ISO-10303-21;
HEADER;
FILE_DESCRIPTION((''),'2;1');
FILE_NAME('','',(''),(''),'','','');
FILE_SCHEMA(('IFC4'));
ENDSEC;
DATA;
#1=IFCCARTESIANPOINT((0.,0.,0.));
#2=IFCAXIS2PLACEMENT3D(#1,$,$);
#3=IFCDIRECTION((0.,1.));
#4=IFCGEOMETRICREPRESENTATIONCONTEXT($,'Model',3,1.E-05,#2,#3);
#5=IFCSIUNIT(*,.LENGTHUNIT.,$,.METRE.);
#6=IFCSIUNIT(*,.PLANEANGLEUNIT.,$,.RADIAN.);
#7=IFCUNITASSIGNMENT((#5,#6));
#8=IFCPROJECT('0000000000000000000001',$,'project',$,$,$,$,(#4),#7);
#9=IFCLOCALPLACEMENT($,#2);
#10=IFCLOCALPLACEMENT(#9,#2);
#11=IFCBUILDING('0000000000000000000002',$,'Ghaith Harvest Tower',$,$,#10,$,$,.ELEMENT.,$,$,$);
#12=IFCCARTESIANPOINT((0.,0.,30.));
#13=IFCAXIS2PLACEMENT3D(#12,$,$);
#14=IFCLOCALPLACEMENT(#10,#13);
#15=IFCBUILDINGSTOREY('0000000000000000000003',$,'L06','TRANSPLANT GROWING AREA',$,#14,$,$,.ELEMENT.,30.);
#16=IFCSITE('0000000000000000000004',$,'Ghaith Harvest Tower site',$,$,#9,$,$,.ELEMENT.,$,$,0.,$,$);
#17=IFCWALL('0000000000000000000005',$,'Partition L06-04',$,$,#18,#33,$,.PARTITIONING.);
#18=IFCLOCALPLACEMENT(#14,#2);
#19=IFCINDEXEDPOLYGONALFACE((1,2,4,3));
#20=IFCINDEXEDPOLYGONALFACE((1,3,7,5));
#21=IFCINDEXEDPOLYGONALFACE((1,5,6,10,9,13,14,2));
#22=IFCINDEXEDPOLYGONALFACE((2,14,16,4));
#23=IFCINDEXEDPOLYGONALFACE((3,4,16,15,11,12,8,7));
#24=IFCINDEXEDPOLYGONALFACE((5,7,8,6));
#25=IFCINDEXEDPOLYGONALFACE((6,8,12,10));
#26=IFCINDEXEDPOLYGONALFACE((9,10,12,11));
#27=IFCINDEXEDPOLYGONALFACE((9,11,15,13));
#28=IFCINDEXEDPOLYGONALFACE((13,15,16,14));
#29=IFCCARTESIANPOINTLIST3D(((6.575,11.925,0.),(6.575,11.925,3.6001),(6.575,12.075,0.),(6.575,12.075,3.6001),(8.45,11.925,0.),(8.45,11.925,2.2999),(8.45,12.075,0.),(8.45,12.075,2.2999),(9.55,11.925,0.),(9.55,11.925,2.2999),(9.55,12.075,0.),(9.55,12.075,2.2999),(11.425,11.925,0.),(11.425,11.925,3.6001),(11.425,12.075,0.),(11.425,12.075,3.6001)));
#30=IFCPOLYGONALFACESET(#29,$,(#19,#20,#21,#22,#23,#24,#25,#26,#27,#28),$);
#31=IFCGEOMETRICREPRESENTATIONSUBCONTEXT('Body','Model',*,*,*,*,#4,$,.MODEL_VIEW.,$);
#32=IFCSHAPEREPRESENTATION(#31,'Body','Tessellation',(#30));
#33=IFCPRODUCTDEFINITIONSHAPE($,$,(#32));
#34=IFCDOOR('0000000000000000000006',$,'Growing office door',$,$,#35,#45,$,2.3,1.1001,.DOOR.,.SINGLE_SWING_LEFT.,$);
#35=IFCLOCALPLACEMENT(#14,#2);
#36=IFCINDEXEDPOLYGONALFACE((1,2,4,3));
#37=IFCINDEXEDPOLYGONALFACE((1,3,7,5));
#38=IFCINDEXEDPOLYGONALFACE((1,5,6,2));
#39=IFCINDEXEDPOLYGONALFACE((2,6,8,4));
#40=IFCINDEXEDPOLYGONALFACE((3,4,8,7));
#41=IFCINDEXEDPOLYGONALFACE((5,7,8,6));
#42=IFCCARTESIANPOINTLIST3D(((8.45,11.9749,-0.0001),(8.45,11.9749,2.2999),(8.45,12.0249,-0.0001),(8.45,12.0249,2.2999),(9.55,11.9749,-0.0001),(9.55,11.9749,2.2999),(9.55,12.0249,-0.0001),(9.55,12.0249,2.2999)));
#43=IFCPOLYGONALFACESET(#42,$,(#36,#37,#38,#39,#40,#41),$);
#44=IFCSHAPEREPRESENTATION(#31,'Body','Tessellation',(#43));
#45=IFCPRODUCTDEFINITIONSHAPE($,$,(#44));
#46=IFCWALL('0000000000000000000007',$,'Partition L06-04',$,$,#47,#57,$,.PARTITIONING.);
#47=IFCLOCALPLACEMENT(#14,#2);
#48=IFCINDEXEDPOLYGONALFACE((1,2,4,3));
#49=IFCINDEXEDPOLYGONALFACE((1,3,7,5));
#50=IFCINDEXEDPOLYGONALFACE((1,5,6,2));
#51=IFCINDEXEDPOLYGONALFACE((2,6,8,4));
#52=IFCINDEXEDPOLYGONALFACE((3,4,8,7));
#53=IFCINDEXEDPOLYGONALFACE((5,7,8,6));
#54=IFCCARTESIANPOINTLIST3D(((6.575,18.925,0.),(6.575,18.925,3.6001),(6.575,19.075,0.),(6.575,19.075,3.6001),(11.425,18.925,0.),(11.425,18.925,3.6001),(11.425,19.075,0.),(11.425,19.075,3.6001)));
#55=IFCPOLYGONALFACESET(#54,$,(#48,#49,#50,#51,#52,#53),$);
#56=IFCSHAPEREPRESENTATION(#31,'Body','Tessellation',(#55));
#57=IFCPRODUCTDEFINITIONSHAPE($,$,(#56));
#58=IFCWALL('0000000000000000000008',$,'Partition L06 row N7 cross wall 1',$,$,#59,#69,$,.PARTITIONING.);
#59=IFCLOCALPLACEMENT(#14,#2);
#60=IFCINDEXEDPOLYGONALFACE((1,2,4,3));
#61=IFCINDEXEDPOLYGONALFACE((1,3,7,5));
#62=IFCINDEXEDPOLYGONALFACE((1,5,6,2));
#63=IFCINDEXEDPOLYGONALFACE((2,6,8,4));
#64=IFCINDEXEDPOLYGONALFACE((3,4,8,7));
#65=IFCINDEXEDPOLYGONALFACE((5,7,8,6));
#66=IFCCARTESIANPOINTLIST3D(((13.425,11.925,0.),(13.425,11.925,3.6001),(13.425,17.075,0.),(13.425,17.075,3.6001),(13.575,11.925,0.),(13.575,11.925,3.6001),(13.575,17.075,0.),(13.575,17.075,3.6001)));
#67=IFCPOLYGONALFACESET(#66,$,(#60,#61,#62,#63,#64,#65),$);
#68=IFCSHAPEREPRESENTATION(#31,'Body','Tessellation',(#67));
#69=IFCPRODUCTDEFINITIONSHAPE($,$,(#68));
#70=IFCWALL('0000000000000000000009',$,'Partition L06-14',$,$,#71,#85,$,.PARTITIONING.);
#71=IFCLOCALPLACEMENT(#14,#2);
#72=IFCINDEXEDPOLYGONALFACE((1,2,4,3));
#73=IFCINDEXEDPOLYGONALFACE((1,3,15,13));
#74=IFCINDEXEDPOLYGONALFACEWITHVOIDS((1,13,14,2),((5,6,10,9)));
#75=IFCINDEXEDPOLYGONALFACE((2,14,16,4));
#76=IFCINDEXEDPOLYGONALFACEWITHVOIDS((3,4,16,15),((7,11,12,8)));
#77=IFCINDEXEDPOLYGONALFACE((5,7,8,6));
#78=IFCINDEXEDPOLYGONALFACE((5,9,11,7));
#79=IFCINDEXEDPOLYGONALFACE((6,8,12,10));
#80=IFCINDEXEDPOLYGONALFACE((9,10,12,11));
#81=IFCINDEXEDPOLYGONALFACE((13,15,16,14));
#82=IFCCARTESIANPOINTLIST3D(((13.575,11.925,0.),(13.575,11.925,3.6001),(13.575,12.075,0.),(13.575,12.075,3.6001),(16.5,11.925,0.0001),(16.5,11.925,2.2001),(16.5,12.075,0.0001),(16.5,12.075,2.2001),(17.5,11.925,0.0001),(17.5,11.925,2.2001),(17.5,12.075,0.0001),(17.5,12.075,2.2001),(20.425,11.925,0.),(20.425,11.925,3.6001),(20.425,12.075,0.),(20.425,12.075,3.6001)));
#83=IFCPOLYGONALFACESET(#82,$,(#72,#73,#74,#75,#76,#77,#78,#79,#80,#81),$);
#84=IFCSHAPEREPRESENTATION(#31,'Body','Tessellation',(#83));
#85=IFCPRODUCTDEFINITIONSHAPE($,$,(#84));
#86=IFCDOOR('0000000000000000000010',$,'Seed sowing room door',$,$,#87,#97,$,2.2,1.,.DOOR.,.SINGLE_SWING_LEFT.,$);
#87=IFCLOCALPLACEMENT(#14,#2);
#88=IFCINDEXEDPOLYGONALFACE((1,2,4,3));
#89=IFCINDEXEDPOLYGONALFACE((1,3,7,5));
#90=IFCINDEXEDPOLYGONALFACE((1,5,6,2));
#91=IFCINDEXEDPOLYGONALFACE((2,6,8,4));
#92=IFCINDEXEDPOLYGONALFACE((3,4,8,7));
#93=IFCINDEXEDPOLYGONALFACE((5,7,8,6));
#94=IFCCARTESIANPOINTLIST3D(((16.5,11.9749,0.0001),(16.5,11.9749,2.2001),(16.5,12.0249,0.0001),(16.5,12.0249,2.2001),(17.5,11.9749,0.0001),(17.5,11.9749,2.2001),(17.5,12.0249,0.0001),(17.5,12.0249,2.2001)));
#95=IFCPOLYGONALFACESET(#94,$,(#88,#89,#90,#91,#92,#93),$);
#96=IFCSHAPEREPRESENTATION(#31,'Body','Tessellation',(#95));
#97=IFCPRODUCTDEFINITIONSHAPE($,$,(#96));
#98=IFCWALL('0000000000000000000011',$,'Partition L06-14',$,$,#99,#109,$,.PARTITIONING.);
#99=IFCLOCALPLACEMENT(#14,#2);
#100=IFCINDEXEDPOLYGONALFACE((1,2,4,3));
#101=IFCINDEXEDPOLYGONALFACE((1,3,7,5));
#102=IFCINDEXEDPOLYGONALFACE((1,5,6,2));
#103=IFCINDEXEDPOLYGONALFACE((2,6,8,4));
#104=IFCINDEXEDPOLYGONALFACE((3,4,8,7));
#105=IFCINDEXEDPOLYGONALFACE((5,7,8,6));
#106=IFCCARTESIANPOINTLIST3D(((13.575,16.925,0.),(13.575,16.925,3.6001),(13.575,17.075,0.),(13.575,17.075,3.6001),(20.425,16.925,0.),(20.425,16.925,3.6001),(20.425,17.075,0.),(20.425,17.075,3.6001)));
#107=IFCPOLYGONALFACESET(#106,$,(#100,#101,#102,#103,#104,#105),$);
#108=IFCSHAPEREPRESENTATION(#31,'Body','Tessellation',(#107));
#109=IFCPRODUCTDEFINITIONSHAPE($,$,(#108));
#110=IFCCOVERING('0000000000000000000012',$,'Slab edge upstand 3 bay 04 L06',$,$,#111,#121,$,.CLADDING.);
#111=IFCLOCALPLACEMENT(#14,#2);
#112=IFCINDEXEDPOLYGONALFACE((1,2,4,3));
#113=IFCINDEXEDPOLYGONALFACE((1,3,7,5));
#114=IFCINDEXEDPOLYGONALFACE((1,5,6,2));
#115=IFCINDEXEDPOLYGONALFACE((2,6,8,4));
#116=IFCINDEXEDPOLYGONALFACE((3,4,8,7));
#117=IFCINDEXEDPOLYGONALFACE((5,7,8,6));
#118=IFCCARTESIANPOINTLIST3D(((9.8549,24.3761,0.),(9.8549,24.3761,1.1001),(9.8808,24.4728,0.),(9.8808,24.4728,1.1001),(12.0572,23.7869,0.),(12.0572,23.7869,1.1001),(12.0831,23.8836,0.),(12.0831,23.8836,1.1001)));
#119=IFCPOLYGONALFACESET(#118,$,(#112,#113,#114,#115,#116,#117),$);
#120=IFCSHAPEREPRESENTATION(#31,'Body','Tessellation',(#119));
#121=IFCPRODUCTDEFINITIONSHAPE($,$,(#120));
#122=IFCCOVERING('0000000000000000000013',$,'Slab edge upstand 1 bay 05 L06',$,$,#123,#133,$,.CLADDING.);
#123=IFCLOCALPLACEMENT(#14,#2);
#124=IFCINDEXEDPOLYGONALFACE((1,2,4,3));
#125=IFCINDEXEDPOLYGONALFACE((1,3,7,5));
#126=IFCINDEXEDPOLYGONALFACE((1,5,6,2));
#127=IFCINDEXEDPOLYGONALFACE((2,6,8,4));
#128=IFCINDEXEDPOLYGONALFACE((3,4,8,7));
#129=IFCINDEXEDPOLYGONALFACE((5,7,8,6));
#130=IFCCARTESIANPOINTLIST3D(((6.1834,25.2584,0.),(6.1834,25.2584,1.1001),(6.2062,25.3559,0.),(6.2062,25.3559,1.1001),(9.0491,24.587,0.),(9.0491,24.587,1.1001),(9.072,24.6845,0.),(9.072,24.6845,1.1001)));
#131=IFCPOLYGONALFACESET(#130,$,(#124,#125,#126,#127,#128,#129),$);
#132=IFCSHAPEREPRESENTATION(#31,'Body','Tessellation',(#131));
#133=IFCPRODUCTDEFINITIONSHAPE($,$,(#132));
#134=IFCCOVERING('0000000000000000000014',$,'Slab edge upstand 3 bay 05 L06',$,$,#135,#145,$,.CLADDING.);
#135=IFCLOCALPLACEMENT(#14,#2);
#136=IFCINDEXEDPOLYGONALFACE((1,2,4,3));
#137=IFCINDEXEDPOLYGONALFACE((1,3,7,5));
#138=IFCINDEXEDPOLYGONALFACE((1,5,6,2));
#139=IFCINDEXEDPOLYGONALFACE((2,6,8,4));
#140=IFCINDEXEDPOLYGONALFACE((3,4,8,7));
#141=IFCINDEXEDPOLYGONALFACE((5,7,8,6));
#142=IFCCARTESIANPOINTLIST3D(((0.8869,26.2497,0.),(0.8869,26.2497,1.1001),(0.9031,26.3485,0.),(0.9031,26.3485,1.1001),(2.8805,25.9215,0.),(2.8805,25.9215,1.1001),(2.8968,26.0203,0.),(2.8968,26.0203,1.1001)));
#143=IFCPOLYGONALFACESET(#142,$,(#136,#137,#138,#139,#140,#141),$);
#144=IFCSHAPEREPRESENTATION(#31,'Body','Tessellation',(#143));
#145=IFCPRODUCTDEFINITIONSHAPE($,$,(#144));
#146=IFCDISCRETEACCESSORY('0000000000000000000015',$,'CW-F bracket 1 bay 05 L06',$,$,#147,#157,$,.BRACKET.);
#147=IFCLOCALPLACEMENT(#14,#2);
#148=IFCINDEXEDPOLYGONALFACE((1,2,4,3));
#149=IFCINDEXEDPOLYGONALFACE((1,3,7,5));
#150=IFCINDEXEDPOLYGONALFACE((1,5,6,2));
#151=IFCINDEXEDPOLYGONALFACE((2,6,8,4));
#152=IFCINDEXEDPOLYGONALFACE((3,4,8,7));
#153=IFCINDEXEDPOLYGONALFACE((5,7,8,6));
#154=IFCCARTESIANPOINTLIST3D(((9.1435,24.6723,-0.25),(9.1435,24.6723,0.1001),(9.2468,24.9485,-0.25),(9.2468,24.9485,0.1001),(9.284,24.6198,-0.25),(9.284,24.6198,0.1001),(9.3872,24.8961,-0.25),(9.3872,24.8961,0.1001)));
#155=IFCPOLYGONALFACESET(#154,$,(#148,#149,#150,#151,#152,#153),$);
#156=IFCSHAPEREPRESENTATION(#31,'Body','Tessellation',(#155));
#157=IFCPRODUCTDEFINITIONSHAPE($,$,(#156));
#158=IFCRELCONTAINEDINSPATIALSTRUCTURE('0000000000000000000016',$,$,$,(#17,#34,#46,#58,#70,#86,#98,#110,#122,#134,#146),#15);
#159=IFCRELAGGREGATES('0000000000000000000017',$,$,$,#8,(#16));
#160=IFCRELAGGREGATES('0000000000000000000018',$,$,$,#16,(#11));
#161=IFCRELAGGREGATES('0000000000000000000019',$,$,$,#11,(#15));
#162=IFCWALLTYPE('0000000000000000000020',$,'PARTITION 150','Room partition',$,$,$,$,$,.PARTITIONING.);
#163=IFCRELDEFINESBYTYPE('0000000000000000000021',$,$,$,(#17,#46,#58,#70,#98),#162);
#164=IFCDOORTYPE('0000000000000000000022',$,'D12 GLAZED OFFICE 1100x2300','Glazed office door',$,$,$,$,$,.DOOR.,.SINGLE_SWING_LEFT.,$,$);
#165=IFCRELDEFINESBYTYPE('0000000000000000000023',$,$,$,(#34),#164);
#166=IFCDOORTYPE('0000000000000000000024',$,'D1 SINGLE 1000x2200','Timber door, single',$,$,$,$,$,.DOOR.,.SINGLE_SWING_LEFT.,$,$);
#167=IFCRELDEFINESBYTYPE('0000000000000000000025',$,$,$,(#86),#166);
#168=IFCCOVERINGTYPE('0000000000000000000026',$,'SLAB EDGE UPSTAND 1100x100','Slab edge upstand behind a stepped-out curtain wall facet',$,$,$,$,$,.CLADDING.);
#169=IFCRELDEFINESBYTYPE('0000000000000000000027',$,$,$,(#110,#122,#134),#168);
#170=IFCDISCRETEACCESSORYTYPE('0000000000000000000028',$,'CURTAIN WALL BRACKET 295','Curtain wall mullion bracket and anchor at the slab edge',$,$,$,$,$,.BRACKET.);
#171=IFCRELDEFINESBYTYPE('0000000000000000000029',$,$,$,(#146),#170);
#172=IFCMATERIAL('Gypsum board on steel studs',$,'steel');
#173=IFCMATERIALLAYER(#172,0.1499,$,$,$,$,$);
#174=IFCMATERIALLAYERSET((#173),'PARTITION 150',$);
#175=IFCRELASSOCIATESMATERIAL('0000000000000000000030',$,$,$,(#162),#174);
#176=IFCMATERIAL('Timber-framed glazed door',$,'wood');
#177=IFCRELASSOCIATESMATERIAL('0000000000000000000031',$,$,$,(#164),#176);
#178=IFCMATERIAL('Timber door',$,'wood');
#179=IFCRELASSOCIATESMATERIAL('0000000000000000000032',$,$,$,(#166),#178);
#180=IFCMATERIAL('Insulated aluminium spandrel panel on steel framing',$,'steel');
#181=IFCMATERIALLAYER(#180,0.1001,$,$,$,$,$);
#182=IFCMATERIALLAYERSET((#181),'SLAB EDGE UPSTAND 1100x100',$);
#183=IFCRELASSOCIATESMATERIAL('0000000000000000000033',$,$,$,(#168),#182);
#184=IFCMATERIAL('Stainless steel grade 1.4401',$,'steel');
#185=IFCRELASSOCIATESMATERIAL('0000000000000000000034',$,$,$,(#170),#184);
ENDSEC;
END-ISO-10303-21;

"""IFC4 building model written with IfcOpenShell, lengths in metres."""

from ifc_helpers import new_model, si_unit, direction, frame, frame_2d, origin, origin_2d, place, context, subcontext, project, spatial, rectangle, extrude, material, layer, layer_set, type_object, element, fill, save


model = new_model("IFC4")

# Units and contexts
model_context = context("Model", 3, precision=1e-05, world=origin(), true_north=direction((0.0, 1.0)))
body_context = subcontext(model_context, "Body", "Model", "MODEL_VIEW")
ifc_project = project(units=[si_unit("LENGTHUNIT", "METRE"), si_unit("PLANEANGLEUNIT", "RADIAN")], contexts=[model_context])

# Site, building, storey
site_placement = place(None, origin())
site = spatial("IfcSite", under=ifc_project, at=site_placement, Name="Ghaith Harvest Tower site", CompositionType="ELEMENT", RefElevation=0.0)
building_placement = place(site_placement, origin())
building = spatial("IfcBuilding", under=site, at=building_placement, Name="Ghaith Harvest Tower", CompositionType="ELEMENT")
storey_placement = place(building_placement, frame((0.0, 0.0, 30.0)))
storey = spatial("IfcBuildingStorey", under=building, at=storey_placement, Name="L06", Description="TRANSPLANT GROWING AREA", CompositionType="ELEMENT", Elevation=30.0)

# Shared definitions
ifc_material_1 = material(Name="Gypsum board on steel studs", Category="steel")
ifc_layer_1 = layer(ifc_material_1, 0.1499)
ifc_layer_set_1 = layer_set([ifc_layer_1], Name="PARTITION 150")
wall_type_1 = type_object("IfcWallType", Name="PARTITION 150", Description="Room partition", PredefinedType="PARTITIONING", material=ifc_layer_set_1)

# Wall, opening, door
wall_1_placement = place(storey_placement, frame((6.575, 12.0, 0.0), z_axis=(0.0, 0.0, 1.0), x_axis=(1.0, 0.0, 0.0)))
wall_1 = element("IfcWall", 1, at=wall_1_placement, inside=storey, type_object=wall_type_1, Name="Partition L06-04", PredefinedType="PARTITIONING", context=body_context, shape_type="SweptSolid", body=[
    extrude(rectangle(XDim=4.8501, YDim=0.1499, at=frame_2d((2.425, 0.0))), origin(), (0.0, 0.0, 1.0), 3.6001),
])
opening_1_placement = place(wall_1_placement, frame((1.875, 0.0, 0.0)))
opening_1 = element("IfcOpeningElement", 2, at=opening_1_placement, cuts=wall_1, PredefinedType="OPENING", context=body_context, shape_type="SweptSolid", body=[
    extrude(rectangle(XDim=1.1001, YDim=2.3, at=frame_2d((0.55, 1.1499))), frame((0.0, 0.085, 0.0), z_axis=(0.0, -1.0, 0.0), x_axis=(1.0, 0.0, 0.0)), (0.0, 0.0, 1.0), 0.1699),
])
ifc_material_2 = material(Name="Timber-framed glazed door", Category="wood")
door_type_1 = type_object("IfcDoorType", Name="D12 GLAZED OFFICE 1100x2300", Description="Glazed office door", OperationType="SINGLE_SWING_LEFT", PredefinedType="DOOR", material=ifc_material_2)
door_1_placement = place(opening_1_placement, origin())
door_1 = element("IfcDoor", 3, at=door_1_placement, inside=storey, type_object=door_type_1, Name="Growing office door", OperationType="SINGLE_SWING_LEFT", OverallHeight=2.3, OverallWidth=1.1001, PredefinedType="DOOR", context=body_context, shape_type="SweptSolid", body=[
    extrude(rectangle(XDim=1.1001, YDim=2.3, at=frame_2d((0.55, 1.1499))), frame((0.0, 0.0249, 0.0), z_axis=(0.0, -1.0, 0.0), x_axis=(1.0, 0.0, 0.0)), (0.0, 0.0, 1.0), 0.05),
])
fill(opening_1, door_1)

# Walls
wall_2_placement = place(storey_placement, frame((6.575, 19.0, 0.0), z_axis=(0.0, 0.0, 1.0), x_axis=(1.0, 0.0, 0.0)))
element("IfcWall", 4, at=wall_2_placement, inside=storey, type_object=wall_type_1, Name="Partition L06-04", PredefinedType="PARTITIONING", context=body_context, shape_type="SweptSolid", body=[
    extrude(rectangle(XDim=4.8501, YDim=0.1499, at=frame_2d((2.425, 0.0))), origin(), (0.0, 0.0, 1.0), 3.6001),
])
wall_3_placement = place(storey_placement, frame((13.5, 11.925, 0.0), z_axis=(0.0, 0.0, 1.0), x_axis=(0.0, 1.0, 0.0)))
element("IfcWall", 5, at=wall_3_placement, inside=storey, type_object=wall_type_1, Name="Partition L06 row N7 cross wall 1", PredefinedType="PARTITIONING", context=body_context, shape_type="SweptSolid", body=[
    extrude(rectangle(XDim=5.1499, YDim=0.1499, at=frame_2d((2.575, 0.0))), origin(), (0.0, 0.0, 1.0), 3.6001),
])

# Wall, opening, door
wall_4_placement = place(storey_placement, frame((13.575, 12.0, 0.0), z_axis=(0.0, 0.0, 1.0), x_axis=(1.0, 0.0, 0.0)))
wall_4 = element("IfcWall", 6, at=wall_4_placement, inside=storey, type_object=wall_type_1, Name="Partition L06-14", PredefinedType="PARTITIONING", context=body_context, shape_type="SweptSolid", body=[
    extrude(rectangle(XDim=6.8501, YDim=0.1499, at=frame_2d((3.425, 0.0))), origin(), (0.0, 0.0, 1.0), 3.6001),
])
opening_2_placement = place(wall_4_placement, frame((2.925, 0.0, 0.0)))
opening_2 = element("IfcOpeningElement", 7, at=opening_2_placement, cuts=wall_4, PredefinedType="OPENING", context=body_context, shape_type="SweptSolid", body=[
    extrude(rectangle(XDim=1.0, YDim=2.2, at=frame_2d((0.5, 1.1001))), frame((0.0, 0.085, 0.0), z_axis=(0.0, -1.0, 0.0), x_axis=(1.0, 0.0, 0.0)), (0.0, 0.0, 1.0), 0.1699),
])
ifc_material_3 = material(Name="Timber door", Category="wood")
door_type_2 = type_object("IfcDoorType", Name="D1 SINGLE 1000x2200", Description="Timber door, single", OperationType="SINGLE_SWING_LEFT", PredefinedType="DOOR", material=ifc_material_3)
door_2_placement = place(opening_2_placement, origin())
door_2 = element("IfcDoor", 8, at=door_2_placement, inside=storey, type_object=door_type_2, Name="Seed sowing room door", OperationType="SINGLE_SWING_LEFT", OverallHeight=2.2, OverallWidth=1.0, PredefinedType="DOOR", context=body_context, shape_type="SweptSolid", body=[
    extrude(rectangle(XDim=1.0, YDim=2.2, at=frame_2d((0.5, 1.1001))), frame((0.0, 0.0249, 0.0), z_axis=(0.0, -1.0, 0.0), x_axis=(1.0, 0.0, 0.0)), (0.0, 0.0, 1.0), 0.05),
])
fill(opening_2, door_2)

# Wall
wall_5_placement = place(storey_placement, frame((13.575, 17.0, 0.0), z_axis=(0.0, 0.0, 1.0), x_axis=(1.0, 0.0, 0.0)))
element("IfcWall", 9, at=wall_5_placement, inside=storey, type_object=wall_type_1, Name="Partition L06-14", PredefinedType="PARTITIONING", context=body_context, shape_type="SweptSolid", body=[
    extrude(rectangle(XDim=6.8501, YDim=0.1499, at=frame_2d((3.425, 0.0))), origin(), (0.0, 0.0, 1.0), 3.6001),
])

# Coverings
ifc_material_4 = material(Name="Insulated aluminium spandrel panel on steel framing", Category="steel")
ifc_layer_2 = layer(ifc_material_4, 0.1001)
ifc_layer_set_2 = layer_set([ifc_layer_2], Name="SLAB EDGE UPSTAND 1100x100")
covering_type = type_object("IfcCoveringType", Name="SLAB EDGE UPSTAND 1100x100", Description="Slab edge upstand behind a stepped-out curtain wall facet", PredefinedType="CLADDING", material=ifc_layer_set_2)
covering_1_placement = place(storey_placement, frame((10.969, 24.1299, 0.0), z_axis=(0.0, 0.0, 1.0), x_axis=(-0.966024, 0.258451, 0.0)))
element("IfcCovering", 10, at=covering_1_placement, inside=storey, type_object=covering_type, Name="Slab edge upstand 3 bay 04 L06", PredefinedType="CLADDING", context=body_context, shape_type="SweptSolid", body=[
    extrude(rectangle(XDim=2.2798, YDim=0.1001, at=origin_2d()), origin(), (0.0, 0.0, 1.0), 1.1001),
])
covering_2_placement = place(storey_placement, frame((7.6277, 24.9714, 0.0), z_axis=(0.0, 0.0, 1.0), x_axis=(-0.973634, 0.228115, 0.0)))
element("IfcCovering", 11, at=covering_2_placement, inside=storey, type_object=covering_type, Name="Slab edge upstand 1 bay 05 L06", PredefinedType="CLADDING", context=body_context, shape_type="SweptSolid", body=[
    extrude(rectangle(XDim=2.9434, YDim=0.1001, at=origin_2d()), origin(), (0.0, 0.0, 1.0), 1.1001),
])
covering_3_placement = place(storey_placement, frame((1.8918, 26.135, 0.0), z_axis=(0.0, 0.0, 1.0), x_axis=(-0.986716, 0.162453, 0.0)))
element("IfcCovering", 12, at=covering_3_placement, inside=storey, type_object=covering_type, Name="Slab edge upstand 3 bay 05 L06", PredefinedType="CLADDING", context=body_context, shape_type="SweptSolid", body=[
    extrude(rectangle(XDim=2.0205, YDim=0.1001, at=origin_2d()), origin(), (0.0, 0.0, 1.0), 1.1001),
])

# Discrete accessory
ifc_material_5 = material(Name="Stainless steel grade 1.4401", Category="steel")
discrete_accessory_type = type_object("IfcDiscreteAccessoryType", Name="CURTAIN WALL BRACKET 295", Description="Curtain wall mullion bracket and anchor at the slab edge", PredefinedType="BRACKET", material=ifc_material_5)
discrete_accessory_placement = place(storey_placement, frame((9.2654, 24.7842, -0.25), z_axis=(0.0, 0.0, 1.0), x_axis=(0.350168, 0.936687, 0.0)))
element("IfcDiscreteAccessory", 13, at=discrete_accessory_placement, inside=storey, type_object=discrete_accessory_type, Name="CW-F bracket 1 bay 05 L06", PredefinedType="BRACKET", context=body_context, shape_type="SweptSolid", body=[
    extrude(rectangle(XDim=0.2949, YDim=0.1499, at=origin_2d()), origin(), (0.0, 0.0, 1.0), 0.3501),
])

save(model, "model.ifc")
